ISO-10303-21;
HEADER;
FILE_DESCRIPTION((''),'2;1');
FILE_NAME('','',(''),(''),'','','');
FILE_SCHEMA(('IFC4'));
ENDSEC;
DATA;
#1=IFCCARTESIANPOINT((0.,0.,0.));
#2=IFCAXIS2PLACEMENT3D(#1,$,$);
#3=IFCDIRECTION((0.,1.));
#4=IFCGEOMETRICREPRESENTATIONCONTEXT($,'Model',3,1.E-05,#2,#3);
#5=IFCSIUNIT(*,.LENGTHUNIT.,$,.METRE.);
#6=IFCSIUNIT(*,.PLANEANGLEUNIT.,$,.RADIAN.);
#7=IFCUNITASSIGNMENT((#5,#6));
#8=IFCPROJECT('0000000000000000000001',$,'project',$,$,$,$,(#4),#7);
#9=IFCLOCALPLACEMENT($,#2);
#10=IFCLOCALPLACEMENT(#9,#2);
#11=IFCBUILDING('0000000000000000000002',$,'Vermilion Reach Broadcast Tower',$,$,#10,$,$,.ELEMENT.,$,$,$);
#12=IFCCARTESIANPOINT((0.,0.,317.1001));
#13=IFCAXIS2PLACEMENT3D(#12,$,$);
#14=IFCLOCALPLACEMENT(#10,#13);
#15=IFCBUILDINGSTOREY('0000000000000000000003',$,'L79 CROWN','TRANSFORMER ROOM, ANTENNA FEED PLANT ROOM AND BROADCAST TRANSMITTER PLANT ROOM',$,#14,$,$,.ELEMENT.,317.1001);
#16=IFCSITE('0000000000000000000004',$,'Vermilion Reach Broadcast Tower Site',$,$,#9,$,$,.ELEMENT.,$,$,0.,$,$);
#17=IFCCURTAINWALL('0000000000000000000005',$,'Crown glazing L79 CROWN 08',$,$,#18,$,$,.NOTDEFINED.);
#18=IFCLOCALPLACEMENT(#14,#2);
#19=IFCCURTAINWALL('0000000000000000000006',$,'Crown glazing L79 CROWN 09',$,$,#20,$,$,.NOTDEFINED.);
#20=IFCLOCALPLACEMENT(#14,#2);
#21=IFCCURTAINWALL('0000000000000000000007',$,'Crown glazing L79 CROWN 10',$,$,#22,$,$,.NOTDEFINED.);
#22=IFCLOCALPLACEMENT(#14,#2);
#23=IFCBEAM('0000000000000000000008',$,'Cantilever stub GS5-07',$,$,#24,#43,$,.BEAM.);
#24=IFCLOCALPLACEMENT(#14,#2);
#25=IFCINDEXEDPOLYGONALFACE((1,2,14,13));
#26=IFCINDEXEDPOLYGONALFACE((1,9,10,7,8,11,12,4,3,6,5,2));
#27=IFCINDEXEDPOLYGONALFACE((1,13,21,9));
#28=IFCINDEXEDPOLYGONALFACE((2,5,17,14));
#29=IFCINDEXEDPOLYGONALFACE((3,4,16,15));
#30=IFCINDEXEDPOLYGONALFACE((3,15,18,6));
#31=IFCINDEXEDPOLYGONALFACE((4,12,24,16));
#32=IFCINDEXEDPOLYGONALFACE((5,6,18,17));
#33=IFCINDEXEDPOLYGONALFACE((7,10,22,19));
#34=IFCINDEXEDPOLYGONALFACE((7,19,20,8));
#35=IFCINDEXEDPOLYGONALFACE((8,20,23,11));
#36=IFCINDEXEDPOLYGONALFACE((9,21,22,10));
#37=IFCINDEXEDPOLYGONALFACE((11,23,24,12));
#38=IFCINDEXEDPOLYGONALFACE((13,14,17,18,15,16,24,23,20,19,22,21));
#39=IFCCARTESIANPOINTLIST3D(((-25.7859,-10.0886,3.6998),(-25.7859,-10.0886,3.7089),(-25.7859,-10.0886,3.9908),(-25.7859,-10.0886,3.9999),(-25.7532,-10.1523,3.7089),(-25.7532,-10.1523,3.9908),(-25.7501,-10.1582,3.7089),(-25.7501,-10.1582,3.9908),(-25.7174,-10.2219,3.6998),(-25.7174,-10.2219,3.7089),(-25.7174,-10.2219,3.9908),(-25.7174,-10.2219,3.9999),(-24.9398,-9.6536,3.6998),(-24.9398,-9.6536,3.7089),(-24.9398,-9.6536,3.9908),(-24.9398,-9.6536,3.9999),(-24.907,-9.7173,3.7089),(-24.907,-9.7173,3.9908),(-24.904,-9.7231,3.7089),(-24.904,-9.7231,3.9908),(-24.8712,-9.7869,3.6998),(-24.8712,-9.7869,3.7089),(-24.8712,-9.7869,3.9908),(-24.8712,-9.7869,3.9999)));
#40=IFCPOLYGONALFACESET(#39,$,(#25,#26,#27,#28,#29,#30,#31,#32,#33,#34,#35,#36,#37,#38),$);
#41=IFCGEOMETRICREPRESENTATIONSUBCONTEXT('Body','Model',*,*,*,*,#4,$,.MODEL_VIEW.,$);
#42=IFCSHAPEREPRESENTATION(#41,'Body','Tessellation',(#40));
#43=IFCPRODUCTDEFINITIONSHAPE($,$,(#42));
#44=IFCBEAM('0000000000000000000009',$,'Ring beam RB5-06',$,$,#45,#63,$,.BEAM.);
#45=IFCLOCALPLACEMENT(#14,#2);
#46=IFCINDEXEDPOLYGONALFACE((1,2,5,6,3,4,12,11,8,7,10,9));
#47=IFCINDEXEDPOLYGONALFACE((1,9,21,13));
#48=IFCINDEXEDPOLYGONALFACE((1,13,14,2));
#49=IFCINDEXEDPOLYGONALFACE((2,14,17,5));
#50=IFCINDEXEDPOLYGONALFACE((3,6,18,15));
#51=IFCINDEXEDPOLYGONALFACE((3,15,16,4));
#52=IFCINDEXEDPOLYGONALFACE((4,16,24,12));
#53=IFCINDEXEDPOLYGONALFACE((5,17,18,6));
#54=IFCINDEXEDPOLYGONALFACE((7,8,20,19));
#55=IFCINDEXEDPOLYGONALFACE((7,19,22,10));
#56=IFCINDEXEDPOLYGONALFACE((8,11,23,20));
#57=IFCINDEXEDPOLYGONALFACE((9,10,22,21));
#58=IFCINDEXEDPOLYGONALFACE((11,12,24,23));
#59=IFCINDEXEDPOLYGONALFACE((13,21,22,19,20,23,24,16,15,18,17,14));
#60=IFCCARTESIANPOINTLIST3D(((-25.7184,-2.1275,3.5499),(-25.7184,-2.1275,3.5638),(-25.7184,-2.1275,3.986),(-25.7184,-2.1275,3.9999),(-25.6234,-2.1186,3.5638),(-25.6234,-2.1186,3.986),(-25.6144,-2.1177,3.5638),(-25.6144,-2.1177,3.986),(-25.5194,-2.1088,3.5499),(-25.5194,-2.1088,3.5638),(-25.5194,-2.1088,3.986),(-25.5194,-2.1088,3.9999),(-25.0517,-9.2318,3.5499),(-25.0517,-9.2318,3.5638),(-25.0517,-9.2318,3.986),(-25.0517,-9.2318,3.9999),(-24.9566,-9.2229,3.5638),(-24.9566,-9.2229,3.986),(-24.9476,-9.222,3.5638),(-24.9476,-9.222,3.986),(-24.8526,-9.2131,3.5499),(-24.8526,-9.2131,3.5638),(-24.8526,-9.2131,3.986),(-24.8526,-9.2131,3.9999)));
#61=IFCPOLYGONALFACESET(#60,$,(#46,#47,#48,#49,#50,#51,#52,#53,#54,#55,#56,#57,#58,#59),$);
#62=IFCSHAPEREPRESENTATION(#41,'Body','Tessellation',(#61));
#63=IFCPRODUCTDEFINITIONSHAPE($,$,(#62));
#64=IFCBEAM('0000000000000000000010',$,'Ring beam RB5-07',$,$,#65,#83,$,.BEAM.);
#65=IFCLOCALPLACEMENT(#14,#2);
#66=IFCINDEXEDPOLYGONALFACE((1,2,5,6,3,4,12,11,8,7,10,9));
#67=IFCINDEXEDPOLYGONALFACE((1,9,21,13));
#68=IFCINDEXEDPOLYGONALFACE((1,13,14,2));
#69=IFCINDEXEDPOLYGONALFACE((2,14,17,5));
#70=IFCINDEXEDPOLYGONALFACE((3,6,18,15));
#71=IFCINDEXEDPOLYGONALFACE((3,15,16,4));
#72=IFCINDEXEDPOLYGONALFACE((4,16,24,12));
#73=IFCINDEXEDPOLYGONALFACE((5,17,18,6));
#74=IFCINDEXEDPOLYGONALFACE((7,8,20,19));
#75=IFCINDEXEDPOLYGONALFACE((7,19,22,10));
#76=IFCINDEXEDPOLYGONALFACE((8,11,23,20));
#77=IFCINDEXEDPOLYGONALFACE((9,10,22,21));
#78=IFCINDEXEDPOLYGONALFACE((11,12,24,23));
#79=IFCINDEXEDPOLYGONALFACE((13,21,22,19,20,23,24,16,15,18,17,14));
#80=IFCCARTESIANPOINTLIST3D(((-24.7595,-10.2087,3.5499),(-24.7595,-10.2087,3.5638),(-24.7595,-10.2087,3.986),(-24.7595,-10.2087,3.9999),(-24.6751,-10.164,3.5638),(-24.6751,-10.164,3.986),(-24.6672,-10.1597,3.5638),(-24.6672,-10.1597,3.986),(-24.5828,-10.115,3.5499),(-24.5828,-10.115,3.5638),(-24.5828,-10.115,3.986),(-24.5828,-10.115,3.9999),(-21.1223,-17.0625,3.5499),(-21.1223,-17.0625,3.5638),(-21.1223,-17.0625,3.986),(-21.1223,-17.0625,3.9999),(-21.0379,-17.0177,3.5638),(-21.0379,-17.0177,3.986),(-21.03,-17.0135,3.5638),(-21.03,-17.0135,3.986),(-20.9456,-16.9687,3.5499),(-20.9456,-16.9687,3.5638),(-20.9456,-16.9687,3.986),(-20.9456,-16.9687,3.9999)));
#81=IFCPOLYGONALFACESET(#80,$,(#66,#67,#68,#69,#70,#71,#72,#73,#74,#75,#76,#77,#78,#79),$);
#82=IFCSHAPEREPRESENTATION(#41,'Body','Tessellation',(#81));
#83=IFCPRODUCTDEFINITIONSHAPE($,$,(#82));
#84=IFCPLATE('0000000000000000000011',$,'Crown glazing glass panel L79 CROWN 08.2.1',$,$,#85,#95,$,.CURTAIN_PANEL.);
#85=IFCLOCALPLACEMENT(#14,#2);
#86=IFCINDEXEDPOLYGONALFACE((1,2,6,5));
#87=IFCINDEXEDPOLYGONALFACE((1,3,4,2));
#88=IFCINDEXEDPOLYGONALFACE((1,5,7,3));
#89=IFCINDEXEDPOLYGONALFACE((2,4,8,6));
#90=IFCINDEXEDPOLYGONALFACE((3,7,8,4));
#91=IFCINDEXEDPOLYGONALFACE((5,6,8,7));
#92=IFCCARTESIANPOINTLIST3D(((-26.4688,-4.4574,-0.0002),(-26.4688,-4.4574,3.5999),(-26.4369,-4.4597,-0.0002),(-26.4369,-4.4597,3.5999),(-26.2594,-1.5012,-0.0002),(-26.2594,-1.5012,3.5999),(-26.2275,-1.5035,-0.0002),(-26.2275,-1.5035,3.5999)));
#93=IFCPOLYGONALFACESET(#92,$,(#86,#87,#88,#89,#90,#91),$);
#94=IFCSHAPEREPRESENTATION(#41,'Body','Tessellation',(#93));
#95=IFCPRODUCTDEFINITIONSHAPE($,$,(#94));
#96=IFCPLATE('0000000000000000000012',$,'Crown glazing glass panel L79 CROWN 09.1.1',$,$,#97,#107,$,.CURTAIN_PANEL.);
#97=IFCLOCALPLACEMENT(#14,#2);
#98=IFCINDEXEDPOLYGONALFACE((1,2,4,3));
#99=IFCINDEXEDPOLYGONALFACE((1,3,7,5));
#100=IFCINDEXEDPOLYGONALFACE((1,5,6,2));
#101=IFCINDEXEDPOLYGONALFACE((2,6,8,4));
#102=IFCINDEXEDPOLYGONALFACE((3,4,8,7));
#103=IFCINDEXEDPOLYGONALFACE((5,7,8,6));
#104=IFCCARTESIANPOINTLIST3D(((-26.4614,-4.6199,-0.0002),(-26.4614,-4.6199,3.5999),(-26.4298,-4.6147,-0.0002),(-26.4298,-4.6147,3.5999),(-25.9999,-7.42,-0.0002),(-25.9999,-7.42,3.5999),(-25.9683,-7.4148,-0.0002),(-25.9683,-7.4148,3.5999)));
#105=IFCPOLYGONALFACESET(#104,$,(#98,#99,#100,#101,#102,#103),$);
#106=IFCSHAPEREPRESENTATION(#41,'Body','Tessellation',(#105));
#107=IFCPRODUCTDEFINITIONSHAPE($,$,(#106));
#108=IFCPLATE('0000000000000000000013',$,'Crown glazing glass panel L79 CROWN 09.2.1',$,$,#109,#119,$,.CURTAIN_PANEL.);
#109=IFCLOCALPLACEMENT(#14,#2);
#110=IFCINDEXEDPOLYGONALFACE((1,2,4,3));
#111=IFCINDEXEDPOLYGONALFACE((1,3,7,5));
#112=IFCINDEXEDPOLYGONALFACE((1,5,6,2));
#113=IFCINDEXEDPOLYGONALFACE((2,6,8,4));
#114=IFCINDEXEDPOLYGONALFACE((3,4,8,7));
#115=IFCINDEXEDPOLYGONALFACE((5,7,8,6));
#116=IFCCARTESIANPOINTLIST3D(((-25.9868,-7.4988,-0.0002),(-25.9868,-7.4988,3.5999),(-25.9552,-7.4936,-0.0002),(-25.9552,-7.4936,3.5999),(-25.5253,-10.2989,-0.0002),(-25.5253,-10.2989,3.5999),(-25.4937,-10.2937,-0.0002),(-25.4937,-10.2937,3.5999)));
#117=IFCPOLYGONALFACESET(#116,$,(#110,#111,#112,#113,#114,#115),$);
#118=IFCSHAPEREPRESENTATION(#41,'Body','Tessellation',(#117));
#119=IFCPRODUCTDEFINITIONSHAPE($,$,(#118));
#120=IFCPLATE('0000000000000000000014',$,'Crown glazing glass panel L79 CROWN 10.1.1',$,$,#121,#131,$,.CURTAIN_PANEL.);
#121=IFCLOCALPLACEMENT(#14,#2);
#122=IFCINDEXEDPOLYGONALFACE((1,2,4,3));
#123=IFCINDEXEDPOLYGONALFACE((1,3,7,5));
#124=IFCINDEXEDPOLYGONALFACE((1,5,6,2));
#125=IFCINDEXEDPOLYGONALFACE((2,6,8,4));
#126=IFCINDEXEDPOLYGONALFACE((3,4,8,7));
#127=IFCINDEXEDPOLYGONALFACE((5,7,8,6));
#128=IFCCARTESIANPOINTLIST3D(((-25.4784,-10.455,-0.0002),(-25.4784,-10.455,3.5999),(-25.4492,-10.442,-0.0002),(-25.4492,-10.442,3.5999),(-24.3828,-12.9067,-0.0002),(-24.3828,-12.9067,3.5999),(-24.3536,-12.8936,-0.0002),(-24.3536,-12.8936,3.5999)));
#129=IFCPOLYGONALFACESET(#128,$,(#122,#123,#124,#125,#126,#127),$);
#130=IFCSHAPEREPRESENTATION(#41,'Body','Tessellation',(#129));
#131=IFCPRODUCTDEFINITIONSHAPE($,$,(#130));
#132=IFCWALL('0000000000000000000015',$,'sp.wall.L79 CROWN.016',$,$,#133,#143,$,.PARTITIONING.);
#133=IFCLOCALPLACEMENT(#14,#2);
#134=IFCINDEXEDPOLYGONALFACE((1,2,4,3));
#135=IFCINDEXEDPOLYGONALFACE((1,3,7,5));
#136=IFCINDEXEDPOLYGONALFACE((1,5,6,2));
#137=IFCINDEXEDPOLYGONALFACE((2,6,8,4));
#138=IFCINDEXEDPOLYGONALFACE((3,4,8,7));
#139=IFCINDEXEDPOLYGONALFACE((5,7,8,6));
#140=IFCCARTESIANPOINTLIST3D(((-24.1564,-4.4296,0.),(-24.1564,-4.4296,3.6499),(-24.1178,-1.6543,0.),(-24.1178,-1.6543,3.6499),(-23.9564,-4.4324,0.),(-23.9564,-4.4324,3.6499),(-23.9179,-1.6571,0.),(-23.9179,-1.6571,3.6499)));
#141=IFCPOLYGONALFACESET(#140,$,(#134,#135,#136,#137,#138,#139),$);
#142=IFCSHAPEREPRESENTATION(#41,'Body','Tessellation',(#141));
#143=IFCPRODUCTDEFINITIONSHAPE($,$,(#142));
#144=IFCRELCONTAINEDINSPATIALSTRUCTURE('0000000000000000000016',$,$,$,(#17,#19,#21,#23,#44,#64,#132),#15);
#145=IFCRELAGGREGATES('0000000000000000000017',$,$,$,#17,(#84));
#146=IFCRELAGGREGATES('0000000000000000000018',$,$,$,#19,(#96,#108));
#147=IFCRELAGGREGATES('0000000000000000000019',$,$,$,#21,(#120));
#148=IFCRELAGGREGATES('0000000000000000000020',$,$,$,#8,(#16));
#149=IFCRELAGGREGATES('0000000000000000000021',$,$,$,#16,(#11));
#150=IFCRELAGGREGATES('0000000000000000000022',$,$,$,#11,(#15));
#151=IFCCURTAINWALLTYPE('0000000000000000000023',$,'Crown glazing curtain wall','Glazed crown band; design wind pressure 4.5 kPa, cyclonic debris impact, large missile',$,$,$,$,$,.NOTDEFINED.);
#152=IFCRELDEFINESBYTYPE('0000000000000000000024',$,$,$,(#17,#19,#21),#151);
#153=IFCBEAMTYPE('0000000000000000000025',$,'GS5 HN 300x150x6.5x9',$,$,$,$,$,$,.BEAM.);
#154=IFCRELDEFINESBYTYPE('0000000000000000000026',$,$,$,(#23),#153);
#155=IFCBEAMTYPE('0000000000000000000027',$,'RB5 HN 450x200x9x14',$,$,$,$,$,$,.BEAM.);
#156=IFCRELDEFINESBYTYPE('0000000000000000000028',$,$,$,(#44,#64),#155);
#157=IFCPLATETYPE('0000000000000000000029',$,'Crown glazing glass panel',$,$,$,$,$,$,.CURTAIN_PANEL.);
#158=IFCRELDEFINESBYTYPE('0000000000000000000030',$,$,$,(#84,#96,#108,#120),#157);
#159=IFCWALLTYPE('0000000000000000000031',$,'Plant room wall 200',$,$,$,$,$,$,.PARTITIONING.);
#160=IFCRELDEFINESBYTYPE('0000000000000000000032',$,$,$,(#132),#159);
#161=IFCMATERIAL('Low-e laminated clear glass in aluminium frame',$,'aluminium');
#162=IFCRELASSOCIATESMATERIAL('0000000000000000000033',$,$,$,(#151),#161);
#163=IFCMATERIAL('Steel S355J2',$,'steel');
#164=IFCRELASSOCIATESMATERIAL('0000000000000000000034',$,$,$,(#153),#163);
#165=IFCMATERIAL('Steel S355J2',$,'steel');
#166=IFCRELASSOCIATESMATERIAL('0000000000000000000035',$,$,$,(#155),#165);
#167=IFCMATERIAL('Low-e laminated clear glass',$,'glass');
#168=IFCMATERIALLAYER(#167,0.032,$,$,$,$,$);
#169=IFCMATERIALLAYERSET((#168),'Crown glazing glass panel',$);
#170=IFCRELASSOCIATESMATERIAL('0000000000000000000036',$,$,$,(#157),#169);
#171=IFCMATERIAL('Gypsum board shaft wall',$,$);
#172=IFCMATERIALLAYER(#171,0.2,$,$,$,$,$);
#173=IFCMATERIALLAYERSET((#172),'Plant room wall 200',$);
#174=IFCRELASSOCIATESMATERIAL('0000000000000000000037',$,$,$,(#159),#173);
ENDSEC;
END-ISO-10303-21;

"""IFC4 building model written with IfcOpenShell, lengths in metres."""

from ifc_helpers import new_model, si_unit, direction, frame, frame_2d, origin, origin_2d, place, context, subcontext, project, spatial, rectangle, i_section, extrude, material, layer, layer_set, material_profile, profile_set, type_object, element, aggregate, save


model = new_model("IFC4")

# Units and contexts
model_context = context("Model", 3, precision=1e-05, world=origin(), true_north=direction((0.0, 1.0)))
body_context = subcontext(model_context, "Body", "Model", "MODEL_VIEW")
ifc_project = project(units=[si_unit("LENGTHUNIT", "METRE"), si_unit("PLANEANGLEUNIT", "RADIAN")], contexts=[model_context])

# Site, building, storey
site_placement = place(None, origin())
site = spatial("IfcSite", under=ifc_project, at=site_placement, Name="Vermilion Reach Broadcast Tower Site", CompositionType="ELEMENT", RefElevation=0.0)
building_placement = place(site_placement, origin())
building = spatial("IfcBuilding", under=site, at=building_placement, Name="Vermilion Reach Broadcast Tower", CompositionType="ELEMENT")
storey_placement = place(building_placement, frame((0.0, 0.0, 317.1001)))
storey = spatial("IfcBuildingStorey", under=building, at=storey_placement, Name="L79 CROWN", Description="TRANSFORMER ROOM, ANTENNA FEED PLANT ROOM AND BROADCAST TRANSMITTER PLANT ROOM", CompositionType="ELEMENT", Elevation=317.1001)

# Curtain walls
ifc_material_1 = material(Name="Low-e laminated clear glass in aluminium frame", Category="aluminium")
curtain_wall_type = type_object("IfcCurtainWallType", Name="Crown glazing curtain wall", Description="Glazed crown band; design wind pressure 4.5 kPa, cyclonic debris impact, large missile", PredefinedType="NOTDEFINED", material=ifc_material_1)
placement = place(storey_placement, origin())
curtain_wall_1 = element("IfcCurtainWall", 1, at=placement, inside=storey, type_object=curtain_wall_type, Name="Crown glazing L79 CROWN 08", PredefinedType="NOTDEFINED")
curtain_wall_2 = element("IfcCurtainWall", 2, at=placement, inside=storey, type_object=curtain_wall_type, Name="Crown glazing L79 CROWN 09", PredefinedType="NOTDEFINED")
curtain_wall_3 = element("IfcCurtainWall", 3, at=placement, inside=storey, type_object=curtain_wall_type, Name="Crown glazing L79 CROWN 10", PredefinedType="NOTDEFINED")

# Beams
ifc_material_2 = material(Name="Steel S355J2", Category="steel")
ifc_material_profile_1 = material_profile(ifc_material_2, i_section(OverallWidth=0.1499, OverallDepth=0.3, WebThickness=0.0066, FlangeThickness=0.009, at=origin_2d()), Name="S355J2 HN 300x150x6.5x9")
ifc_profile_set_1 = profile_set([ifc_material_profile_1], Name="Steel S355J2")
beam_type_1 = type_object("IfcBeamType", Name="GS5 HN 300x150x6.5x9", PredefinedType="BEAM", material=ifc_profile_set_1)
beam_1_placement = place(storey_placement, frame((-24.9055, -9.7202, 3.8499), z_axis=(-0.889341, -0.457244, 0.0), x_axis=(0.457244, -0.889341, 0.0)))
element("IfcBeam", 4, at=beam_1_placement, inside=storey, type_object=beam_type_1, Name="Cantilever stub GS5-07", PredefinedType="BEAM", context=body_context, shape_type="SweptSolid", body=[
    extrude(i_section(OverallWidth=0.1499, OverallDepth=0.3, WebThickness=0.0066, FlangeThickness=0.009, at=origin_2d()), origin(), (0.0, 0.0, 1.0), 0.9514),
])
ifc_material_3 = material(Name="Steel S355J2", Category="steel")
ifc_material_profile_2 = material_profile(ifc_material_3, i_section(OverallWidth=0.2, OverallDepth=0.45, WebThickness=0.009, FlangeThickness=0.0139, at=origin_2d()), Name="S355J2 HN 450x200x9x14")
ifc_profile_set_2 = profile_set([ifc_material_profile_2], Name="Steel S355J2")
beam_type_2 = type_object("IfcBeamType", Name="RB5 HN 450x200x9x14", PredefinedType="BEAM", material=ifc_profile_set_2)
beam_2_placement = place(storey_placement, frame((-25.6189, -2.1182, 3.7749), z_axis=(0.093441, -0.995625, 0.0), x_axis=(0.995625, 0.093441, 0.0)))
element("IfcBeam", 5, at=beam_2_placement, inside=storey, type_object=beam_type_2, Name="Ring beam RB5-06", PredefinedType="BEAM", context=body_context, shape_type="SweptSolid", body=[
    extrude(i_section(OverallWidth=0.2, OverallDepth=0.45, WebThickness=0.009, FlangeThickness=0.0139, at=origin_2d()), origin(), (0.0, 0.0, 1.0), 7.1355),
])
beam_3_placement = place(storey_placement, frame((-24.6711, -10.1619, 3.7749), z_axis=(0.468768, -0.883321, 0.0), x_axis=(0.883321, 0.468768, 0.0)))
element("IfcBeam", 6, at=beam_3_placement, inside=storey, type_object=beam_type_2, Name="Ring beam RB5-07", PredefinedType="BEAM", context=body_context, shape_type="SweptSolid", body=[
    extrude(i_section(OverallWidth=0.2, OverallDepth=0.45, WebThickness=0.009, FlangeThickness=0.0139, at=origin_2d()), origin(), (0.0, 0.0, 1.0), 7.759),
])

# Plates
ifc_material_4 = material(Name="Low-e laminated clear glass", Category="glass")
ifc_layer_1 = layer(ifc_material_4, 0.032)
ifc_layer_set_1 = layer_set([ifc_layer_1], Name="Crown glazing glass panel")
plate_type = type_object("IfcPlateType", Name="Crown glazing glass panel", PredefinedType="CURTAIN_PANEL", material=ifc_layer_set_1)
plate_1_placement = place(storey_placement, frame((-26.3481, -2.9805, -0.0002), z_axis=(0.0, 0.0, 1.0), x_axis=(-0.070673, -0.9975, 0.0)))
plate_1 = element("IfcPlate", 7, at=plate_1_placement, type_object=plate_type, Name="Crown glazing glass panel L79 CROWN 08.2.1", PredefinedType="CURTAIN_PANEL", context=body_context, shape_type="SweptSolid", body=[
    extrude(rectangle(XDim=2.9636, YDim=0.032, at=origin_2d()), origin(), (0.0, 0.0, 1.0), 3.6001),
])
aggregate(curtain_wall_1, [plate_1])
plate_2_placement = place(storey_placement, frame((-26.2148, -6.0173, -0.0002), z_axis=(0.0, 0.0, 1.0), x_axis=(0.162618, -0.986689, 0.0)))
plate_2 = element("IfcPlate", 8, at=plate_2_placement, type_object=plate_type, Name="Crown glazing glass panel L79 CROWN 09.1.1", PredefinedType="CURTAIN_PANEL", context=body_context, shape_type="SweptSolid", body=[
    extrude(rectangle(XDim=2.8379, YDim=0.032, at=origin_2d()), origin(), (0.0, 0.0, 1.0), 3.6001),
])
plate_3_placement = place(storey_placement, frame((-25.7402, -8.8962, -0.0002), z_axis=(0.0, 0.0, 1.0), x_axis=(0.162618, -0.986689, 0.0)))
plate_3 = element("IfcPlate", 9, at=plate_3_placement, type_object=plate_type, Name="Crown glazing glass panel L79 CROWN 09.2.1", PredefinedType="CURTAIN_PANEL", context=body_context, shape_type="SweptSolid", body=[
    extrude(rectangle(XDim=2.8379, YDim=0.032, at=origin_2d()), origin(), (0.0, 0.0, 1.0), 3.6001),
])
aggregate(curtain_wall_2, [plate_2, plate_3])
plate_4_placement = place(storey_placement, frame((-24.916, -11.6743, -0.0002), z_axis=(0.0, 0.0, 1.0), x_axis=(0.407985, -0.912989, 0.0)))
plate_4 = element("IfcPlate", 10, at=plate_4_placement, type_object=plate_type, Name="Crown glazing glass panel L79 CROWN 10.1.1", PredefinedType="CURTAIN_PANEL", context=body_context, shape_type="SweptSolid", body=[
    extrude(rectangle(XDim=2.6853, YDim=0.032, at=origin_2d()), origin(), (0.0, 0.0, 1.0), 3.6001),
])
aggregate(curtain_wall_3, [plate_4])

# Wall
ifc_material_5 = material(Name="Gypsum board shaft wall")
ifc_layer_2 = layer(ifc_material_5, 0.2)
ifc_layer_set_2 = layer_set([ifc_layer_2], Name="Plant room wall 200")
wall_type = type_object("IfcWallType", Name="Plant room wall 200", PredefinedType="PARTITIONING", material=ifc_layer_set_2)
wall_placement = place(storey_placement, frame((-24.0564, -4.4309, 0.0), z_axis=(0.0, 0.0, 1.0), x_axis=(0.013897, 0.999903, 0.0)))
element("IfcWall", 11, at=wall_placement, inside=storey, type_object=wall_type, Name="sp.wall.L79 CROWN.016", PredefinedType="PARTITIONING", context=body_context, shape_type="SweptSolid", body=[
    extrude(rectangle(XDim=2.7756, YDim=0.2, at=frame_2d((1.3877, 0.0))), origin(), (0.0, 0.0, 1.0), 3.6499),
])

save(model, "model.ifc")
